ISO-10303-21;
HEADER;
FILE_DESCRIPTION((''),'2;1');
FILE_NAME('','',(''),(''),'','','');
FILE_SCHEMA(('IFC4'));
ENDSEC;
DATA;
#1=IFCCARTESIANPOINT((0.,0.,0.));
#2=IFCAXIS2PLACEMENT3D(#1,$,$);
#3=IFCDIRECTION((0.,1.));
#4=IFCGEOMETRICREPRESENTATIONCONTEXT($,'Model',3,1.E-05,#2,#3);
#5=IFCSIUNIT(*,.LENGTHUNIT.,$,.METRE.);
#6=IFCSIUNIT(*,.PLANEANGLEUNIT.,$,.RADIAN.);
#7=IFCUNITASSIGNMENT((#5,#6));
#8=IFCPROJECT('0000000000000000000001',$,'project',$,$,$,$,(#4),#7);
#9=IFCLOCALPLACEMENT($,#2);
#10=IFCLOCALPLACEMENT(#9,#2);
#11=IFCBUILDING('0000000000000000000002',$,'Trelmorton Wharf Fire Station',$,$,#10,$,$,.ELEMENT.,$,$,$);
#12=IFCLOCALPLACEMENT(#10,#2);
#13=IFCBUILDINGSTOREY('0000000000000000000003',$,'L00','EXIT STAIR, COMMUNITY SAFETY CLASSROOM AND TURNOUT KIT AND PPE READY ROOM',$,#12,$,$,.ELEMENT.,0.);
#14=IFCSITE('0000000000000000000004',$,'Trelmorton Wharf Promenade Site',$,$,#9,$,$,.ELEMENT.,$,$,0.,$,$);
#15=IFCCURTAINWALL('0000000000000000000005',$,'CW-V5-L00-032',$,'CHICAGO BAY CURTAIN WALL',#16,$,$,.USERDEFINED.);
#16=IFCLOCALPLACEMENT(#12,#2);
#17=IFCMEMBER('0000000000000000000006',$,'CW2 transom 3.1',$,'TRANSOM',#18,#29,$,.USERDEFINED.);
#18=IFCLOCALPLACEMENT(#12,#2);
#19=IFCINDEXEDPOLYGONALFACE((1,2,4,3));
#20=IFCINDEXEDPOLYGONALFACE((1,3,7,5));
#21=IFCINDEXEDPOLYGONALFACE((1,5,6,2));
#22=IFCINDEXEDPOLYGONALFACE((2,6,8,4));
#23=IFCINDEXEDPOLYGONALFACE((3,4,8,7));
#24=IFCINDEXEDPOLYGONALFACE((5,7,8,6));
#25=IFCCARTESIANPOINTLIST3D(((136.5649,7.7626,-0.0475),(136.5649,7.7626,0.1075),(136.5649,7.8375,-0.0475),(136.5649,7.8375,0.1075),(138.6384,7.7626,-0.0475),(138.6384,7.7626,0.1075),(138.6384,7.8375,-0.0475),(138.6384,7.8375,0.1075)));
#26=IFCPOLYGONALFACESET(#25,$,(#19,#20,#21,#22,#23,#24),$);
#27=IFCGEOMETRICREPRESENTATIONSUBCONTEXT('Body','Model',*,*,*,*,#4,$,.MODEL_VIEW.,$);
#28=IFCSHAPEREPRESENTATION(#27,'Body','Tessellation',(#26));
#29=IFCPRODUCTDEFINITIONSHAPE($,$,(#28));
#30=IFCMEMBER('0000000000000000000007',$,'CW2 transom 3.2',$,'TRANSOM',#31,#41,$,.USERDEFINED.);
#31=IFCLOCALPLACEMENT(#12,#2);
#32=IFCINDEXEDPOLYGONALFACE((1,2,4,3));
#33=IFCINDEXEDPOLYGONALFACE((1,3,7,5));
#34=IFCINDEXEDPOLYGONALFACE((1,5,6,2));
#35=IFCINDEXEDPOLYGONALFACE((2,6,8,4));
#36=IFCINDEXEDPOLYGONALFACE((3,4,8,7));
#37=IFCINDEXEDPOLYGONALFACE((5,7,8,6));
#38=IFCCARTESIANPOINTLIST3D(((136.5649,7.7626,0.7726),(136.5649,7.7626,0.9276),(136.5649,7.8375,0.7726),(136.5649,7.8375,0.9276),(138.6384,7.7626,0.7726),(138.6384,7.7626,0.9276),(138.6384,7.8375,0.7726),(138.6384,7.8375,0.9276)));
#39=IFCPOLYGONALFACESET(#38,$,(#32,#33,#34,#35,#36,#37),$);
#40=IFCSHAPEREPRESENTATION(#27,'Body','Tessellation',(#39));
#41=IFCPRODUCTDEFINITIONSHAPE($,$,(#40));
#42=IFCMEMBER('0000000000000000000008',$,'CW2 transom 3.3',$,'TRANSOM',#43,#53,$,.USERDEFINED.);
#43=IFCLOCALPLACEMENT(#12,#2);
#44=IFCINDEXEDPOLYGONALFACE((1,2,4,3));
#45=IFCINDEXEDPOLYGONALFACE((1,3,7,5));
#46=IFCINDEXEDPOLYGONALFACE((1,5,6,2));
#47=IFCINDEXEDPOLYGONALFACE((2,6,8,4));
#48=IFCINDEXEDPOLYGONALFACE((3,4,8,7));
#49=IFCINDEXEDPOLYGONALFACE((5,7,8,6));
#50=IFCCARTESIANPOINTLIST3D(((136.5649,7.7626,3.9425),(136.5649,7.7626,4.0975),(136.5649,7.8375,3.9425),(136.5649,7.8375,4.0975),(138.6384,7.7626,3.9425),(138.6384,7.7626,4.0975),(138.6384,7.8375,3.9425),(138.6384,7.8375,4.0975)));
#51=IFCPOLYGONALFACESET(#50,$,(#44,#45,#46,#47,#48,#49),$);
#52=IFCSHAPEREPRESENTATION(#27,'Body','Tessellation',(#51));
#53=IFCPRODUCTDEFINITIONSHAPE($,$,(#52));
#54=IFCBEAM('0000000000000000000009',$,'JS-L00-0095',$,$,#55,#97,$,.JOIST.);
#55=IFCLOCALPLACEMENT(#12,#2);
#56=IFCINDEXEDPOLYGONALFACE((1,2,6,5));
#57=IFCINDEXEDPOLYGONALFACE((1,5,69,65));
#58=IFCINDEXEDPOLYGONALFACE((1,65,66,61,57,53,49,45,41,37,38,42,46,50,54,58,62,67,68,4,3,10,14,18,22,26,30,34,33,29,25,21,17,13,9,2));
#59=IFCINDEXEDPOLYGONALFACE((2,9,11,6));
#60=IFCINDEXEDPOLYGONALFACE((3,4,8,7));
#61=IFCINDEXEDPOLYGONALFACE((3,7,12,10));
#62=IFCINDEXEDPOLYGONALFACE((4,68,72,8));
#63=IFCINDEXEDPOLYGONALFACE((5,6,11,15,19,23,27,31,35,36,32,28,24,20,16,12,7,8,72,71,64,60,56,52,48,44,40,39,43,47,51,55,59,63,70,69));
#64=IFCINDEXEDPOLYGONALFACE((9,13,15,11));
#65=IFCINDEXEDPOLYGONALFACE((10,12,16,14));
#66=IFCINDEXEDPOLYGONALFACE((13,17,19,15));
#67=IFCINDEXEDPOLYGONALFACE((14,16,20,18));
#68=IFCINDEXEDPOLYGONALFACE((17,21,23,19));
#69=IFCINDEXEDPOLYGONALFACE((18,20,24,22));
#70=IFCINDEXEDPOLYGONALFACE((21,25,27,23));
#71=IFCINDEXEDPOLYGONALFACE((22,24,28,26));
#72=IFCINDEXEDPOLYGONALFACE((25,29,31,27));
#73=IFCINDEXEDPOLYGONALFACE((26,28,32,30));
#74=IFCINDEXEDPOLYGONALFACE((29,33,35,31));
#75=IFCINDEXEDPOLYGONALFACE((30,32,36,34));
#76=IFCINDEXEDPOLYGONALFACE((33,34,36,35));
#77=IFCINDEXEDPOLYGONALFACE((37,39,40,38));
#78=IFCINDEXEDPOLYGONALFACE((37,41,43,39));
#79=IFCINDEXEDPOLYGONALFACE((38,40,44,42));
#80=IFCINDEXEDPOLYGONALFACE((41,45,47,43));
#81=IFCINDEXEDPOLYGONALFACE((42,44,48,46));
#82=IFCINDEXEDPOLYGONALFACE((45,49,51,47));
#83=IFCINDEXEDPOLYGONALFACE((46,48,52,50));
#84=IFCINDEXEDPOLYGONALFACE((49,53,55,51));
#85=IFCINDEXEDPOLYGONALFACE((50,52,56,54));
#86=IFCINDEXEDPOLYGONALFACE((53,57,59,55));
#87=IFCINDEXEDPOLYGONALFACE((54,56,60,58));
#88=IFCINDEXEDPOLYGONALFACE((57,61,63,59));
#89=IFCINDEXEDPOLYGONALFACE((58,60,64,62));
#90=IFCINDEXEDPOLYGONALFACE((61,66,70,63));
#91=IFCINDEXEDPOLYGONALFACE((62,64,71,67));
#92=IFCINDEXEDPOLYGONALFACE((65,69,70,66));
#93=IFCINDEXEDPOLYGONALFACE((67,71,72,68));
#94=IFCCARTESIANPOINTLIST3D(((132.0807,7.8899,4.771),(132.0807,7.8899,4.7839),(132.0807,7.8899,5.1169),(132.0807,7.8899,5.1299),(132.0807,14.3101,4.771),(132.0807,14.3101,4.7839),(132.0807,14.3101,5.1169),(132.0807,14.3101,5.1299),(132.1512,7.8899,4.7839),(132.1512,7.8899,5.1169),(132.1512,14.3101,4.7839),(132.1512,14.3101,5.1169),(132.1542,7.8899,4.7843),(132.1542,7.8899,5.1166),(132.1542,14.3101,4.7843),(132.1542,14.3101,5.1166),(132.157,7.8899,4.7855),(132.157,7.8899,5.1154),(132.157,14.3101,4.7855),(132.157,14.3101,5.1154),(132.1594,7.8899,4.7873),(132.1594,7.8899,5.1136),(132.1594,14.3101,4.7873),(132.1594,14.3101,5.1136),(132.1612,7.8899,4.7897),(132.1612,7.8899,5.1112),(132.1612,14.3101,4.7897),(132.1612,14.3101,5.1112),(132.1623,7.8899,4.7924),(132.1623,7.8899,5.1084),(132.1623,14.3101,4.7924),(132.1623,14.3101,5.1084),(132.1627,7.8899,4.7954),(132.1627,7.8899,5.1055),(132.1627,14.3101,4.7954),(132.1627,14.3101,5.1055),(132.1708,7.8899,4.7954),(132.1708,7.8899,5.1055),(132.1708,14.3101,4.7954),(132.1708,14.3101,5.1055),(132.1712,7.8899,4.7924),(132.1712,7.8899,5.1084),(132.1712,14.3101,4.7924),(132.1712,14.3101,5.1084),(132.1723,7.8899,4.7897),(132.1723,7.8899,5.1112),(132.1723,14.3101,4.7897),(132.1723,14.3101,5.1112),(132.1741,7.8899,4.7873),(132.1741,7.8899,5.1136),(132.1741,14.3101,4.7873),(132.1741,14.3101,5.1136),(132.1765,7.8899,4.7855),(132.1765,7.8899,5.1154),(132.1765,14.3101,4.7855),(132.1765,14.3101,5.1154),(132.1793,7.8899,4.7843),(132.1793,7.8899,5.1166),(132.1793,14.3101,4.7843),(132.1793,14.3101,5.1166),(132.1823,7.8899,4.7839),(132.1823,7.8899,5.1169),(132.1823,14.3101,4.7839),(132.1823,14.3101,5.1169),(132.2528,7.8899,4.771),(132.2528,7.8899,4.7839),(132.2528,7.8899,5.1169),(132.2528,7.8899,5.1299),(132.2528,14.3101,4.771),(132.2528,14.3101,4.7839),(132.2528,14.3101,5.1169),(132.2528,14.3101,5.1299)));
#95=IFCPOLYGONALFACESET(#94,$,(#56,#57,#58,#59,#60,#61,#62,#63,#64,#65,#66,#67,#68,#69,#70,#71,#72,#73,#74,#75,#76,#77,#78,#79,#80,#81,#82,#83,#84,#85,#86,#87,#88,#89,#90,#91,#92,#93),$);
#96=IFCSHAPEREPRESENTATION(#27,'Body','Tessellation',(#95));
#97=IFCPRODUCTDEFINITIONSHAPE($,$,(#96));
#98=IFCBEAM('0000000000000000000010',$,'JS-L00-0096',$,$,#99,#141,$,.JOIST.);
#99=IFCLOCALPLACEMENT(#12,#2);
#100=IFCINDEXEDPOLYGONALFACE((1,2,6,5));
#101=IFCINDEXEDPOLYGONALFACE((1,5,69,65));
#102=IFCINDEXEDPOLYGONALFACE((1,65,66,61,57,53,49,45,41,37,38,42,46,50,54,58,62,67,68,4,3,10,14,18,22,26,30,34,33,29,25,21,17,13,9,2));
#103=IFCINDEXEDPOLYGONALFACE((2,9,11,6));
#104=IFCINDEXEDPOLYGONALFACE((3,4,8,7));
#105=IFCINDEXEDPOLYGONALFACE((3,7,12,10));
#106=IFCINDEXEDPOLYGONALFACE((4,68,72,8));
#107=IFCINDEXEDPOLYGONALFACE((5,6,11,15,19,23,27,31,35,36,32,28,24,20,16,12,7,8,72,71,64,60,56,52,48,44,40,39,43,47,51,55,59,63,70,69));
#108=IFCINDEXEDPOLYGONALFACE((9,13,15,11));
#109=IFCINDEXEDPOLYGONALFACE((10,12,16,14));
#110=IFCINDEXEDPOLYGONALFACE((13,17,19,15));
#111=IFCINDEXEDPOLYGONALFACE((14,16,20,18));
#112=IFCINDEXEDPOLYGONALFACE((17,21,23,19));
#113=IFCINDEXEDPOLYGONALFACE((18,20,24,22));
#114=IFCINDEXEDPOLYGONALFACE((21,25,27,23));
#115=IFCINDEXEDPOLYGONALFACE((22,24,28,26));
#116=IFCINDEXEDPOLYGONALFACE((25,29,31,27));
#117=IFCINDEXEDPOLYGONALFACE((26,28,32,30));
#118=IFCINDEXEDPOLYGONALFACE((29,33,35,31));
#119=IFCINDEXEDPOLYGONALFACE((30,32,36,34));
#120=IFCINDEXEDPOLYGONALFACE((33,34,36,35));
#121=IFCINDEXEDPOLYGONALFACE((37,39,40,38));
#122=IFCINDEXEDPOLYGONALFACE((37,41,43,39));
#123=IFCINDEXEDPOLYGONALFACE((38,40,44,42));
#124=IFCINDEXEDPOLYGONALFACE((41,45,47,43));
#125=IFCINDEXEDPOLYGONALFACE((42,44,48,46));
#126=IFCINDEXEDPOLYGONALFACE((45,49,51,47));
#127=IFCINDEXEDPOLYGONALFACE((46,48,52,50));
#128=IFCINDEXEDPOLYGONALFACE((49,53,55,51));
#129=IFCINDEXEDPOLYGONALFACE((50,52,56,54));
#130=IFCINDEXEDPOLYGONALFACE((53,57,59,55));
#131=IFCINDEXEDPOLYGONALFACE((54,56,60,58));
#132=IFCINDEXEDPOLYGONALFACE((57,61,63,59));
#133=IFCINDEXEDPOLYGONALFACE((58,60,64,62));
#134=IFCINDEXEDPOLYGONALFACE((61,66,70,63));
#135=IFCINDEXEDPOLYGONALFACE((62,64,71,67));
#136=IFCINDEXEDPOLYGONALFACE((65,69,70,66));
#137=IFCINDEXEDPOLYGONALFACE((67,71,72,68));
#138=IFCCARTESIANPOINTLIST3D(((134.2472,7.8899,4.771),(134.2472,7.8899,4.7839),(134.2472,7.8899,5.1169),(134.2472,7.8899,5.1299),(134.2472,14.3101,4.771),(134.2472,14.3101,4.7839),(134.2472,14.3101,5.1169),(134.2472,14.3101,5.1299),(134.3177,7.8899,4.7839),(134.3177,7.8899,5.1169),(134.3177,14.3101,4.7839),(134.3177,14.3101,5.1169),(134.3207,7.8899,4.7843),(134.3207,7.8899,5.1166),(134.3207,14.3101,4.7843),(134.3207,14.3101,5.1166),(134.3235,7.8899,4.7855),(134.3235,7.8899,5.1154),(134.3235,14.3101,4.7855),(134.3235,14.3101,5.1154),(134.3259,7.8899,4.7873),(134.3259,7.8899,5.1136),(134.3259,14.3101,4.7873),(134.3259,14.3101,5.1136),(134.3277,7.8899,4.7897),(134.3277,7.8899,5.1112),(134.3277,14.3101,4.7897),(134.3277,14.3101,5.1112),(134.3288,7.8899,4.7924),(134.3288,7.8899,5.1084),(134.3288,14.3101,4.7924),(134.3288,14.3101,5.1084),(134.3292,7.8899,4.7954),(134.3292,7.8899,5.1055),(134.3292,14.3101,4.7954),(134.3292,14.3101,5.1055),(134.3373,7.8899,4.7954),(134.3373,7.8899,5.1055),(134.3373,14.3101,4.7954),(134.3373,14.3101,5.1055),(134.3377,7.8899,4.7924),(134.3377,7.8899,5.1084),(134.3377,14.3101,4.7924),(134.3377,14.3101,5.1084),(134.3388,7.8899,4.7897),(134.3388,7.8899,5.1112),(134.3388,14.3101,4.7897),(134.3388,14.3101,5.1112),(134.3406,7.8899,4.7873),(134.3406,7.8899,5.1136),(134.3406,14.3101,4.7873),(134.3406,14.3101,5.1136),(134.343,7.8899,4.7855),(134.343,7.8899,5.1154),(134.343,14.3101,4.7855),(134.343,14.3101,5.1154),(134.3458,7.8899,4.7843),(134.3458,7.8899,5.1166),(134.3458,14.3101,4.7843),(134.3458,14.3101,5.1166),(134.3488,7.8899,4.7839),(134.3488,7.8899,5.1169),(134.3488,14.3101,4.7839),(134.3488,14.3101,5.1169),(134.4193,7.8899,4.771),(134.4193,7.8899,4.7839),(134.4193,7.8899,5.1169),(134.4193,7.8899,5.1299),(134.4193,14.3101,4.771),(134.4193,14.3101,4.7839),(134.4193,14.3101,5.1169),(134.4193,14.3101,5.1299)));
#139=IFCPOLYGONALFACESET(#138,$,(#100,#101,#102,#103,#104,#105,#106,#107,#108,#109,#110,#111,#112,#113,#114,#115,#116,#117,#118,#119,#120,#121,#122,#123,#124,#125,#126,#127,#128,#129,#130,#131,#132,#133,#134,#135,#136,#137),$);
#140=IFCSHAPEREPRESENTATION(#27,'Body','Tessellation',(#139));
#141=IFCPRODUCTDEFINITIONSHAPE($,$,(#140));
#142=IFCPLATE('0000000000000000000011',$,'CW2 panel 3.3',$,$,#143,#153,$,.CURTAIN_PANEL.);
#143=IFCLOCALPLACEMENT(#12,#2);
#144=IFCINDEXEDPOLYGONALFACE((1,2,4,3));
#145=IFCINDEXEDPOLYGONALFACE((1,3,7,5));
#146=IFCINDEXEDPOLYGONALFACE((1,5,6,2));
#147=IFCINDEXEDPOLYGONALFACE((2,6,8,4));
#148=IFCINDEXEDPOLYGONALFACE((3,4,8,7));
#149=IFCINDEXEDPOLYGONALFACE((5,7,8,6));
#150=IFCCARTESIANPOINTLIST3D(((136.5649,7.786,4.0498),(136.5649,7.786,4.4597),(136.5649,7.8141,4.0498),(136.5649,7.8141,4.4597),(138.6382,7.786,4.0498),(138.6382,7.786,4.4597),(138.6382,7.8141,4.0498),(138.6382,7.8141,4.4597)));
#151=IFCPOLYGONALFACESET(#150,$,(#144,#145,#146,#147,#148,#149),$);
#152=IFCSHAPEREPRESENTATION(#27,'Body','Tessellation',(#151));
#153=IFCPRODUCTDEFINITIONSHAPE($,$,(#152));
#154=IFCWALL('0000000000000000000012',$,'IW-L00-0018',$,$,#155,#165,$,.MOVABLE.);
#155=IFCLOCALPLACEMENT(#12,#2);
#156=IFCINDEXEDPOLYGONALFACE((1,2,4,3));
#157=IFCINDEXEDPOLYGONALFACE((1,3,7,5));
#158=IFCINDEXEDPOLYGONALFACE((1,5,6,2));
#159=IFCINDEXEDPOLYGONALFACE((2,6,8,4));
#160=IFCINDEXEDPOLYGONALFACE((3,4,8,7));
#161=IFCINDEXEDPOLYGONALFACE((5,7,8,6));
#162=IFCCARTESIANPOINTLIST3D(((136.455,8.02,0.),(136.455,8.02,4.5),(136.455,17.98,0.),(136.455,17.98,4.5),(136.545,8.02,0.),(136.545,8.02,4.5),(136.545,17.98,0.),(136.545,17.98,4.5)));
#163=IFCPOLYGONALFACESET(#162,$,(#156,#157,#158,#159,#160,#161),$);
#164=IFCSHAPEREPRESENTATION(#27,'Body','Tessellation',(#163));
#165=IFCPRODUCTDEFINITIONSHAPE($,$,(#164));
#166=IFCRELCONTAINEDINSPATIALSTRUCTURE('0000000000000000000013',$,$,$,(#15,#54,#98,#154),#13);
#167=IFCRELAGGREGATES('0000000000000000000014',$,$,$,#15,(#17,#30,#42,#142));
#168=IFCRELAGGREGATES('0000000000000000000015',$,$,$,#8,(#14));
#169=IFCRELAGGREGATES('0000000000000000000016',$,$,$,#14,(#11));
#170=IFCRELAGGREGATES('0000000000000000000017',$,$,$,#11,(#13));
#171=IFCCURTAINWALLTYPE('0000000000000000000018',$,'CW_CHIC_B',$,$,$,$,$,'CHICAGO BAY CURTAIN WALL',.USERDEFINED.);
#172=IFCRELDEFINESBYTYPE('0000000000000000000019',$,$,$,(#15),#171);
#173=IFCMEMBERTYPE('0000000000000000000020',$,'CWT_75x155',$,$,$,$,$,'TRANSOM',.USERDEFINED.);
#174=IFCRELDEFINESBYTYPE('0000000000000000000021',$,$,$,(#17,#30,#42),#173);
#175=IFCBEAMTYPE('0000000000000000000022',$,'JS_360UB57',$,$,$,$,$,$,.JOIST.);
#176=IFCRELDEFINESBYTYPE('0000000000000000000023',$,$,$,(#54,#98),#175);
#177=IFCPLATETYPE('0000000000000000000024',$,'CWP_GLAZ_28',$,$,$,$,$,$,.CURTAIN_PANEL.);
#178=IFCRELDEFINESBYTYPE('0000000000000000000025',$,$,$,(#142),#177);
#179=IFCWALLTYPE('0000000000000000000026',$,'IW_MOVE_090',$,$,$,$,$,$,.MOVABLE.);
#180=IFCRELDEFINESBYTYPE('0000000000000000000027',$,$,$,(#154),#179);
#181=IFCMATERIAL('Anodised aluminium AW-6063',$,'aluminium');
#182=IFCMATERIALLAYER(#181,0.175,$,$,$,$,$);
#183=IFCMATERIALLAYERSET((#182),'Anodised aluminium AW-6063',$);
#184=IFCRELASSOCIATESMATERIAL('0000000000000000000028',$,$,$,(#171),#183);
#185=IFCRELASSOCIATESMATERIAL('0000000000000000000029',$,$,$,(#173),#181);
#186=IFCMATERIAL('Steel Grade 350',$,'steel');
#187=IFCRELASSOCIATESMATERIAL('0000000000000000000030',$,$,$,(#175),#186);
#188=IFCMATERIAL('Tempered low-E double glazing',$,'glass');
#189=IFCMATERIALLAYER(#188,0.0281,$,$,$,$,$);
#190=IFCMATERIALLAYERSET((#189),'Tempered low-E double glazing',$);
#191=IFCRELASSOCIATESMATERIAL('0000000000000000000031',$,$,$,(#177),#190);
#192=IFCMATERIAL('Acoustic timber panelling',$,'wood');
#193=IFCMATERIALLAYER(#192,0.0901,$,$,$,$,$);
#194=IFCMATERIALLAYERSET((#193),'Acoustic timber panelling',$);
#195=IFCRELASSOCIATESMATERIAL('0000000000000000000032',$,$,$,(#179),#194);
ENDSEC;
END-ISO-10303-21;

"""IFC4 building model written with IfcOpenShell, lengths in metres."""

from ifc_helpers import new_model, si_unit, direction, frame, frame_2d, origin, origin_2d, place, context, subcontext, project, spatial, rectangle, i_section, extrude, material, layer, layer_set, material_profile, profile_set, type_object, element, aggregate, save


model = new_model("IFC4")

# Units and contexts
model_context = context("Model", 3, precision=1e-05, world=origin(), true_north=direction((0.0, 1.0)))
body_context = subcontext(model_context, "Body", "Model", "MODEL_VIEW")
ifc_project = project(units=[si_unit("LENGTHUNIT", "METRE"), si_unit("PLANEANGLEUNIT", "RADIAN")], contexts=[model_context])

# Site, building, storey
site_placement = place(None, origin())
site = spatial("IfcSite", under=ifc_project, at=site_placement, Name="Trelmorton Wharf Promenade Site", CompositionType="ELEMENT", RefElevation=0.0)
building_placement = place(site_placement, origin())
building = spatial("IfcBuilding", under=site, at=building_placement, Name="Trelmorton Wharf Fire Station", CompositionType="ELEMENT")
storey_placement = place(building_placement, origin())
storey = spatial("IfcBuildingStorey", under=building, at=storey_placement, Name="L00", Description="EXIT STAIR, COMMUNITY SAFETY CLASSROOM AND TURNOUT KIT AND PPE READY ROOM", CompositionType="ELEMENT", Elevation=0.0)

# Shared definitions
ifc_material_1 = material(Name="Steel Grade 350", Category="steel")

# Curtain wall, members
ifc_material_2 = material(Name="Anodised aluminium AW-6063", Category="aluminium")
ifc_layer_1 = layer(ifc_material_2, 0.175)
ifc_layer_set_1 = layer_set([ifc_layer_1], Name="Anodised aluminium AW-6063")
curtain_wall_type = type_object("IfcCurtainWallType", Name="CW_CHIC_B", ElementType="CHICAGO BAY CURTAIN WALL", PredefinedType="USERDEFINED", material=ifc_layer_set_1)
curtain_wall_placement = place(storey_placement, origin())
curtain_wall = element("IfcCurtainWall", 1, at=curtain_wall_placement, inside=storey, type_object=curtain_wall_type, Name="CW-V5-L00-032", ObjectType="CHICAGO BAY CURTAIN WALL", PredefinedType="USERDEFINED")
ifc_material_profile_1 = material_profile(ifc_material_2, rectangle(XDim=0.075, YDim=0.155, at=origin_2d()), Name="ALU-75x155")
ifc_profile_set_1 = profile_set([ifc_material_profile_1], Name="Anodised aluminium AW-6063")
member_type = type_object("IfcMemberType", Name="CWT_75x155", ElementType="TRANSOM", PredefinedType="USERDEFINED", material=ifc_profile_set_1)
member_1_placement = place(storey_placement, frame((138.6384, 7.8, 0.03), z_axis=(-1.0, 0.0, 0.0), x_axis=(0.0, -1.0, 0.0)))
member_1 = element("IfcMember", 2, at=member_1_placement, type_object=member_type, Name="CW2 transom 3.1", ObjectType="TRANSOM", PredefinedType="USERDEFINED", context=body_context, shape_type="SweptSolid", body=[
    extrude(rectangle(XDim=0.075, YDim=0.155, at=origin_2d()), origin(), (0.0, 0.0, 1.0), 2.0735),
])
member_2_placement = place(storey_placement, frame((138.6384, 7.8, 0.8501), z_axis=(-1.0, 0.0, 0.0), x_axis=(0.0, -1.0, 0.0)))
member_2 = element("IfcMember", 3, at=member_2_placement, type_object=member_type, Name="CW2 transom 3.2", ObjectType="TRANSOM", PredefinedType="USERDEFINED", context=body_context, shape_type="SweptSolid", body=[
    extrude(rectangle(XDim=0.075, YDim=0.155, at=origin_2d()), origin(), (0.0, 0.0, 1.0), 2.0735),
])
member_3_placement = place(storey_placement, frame((138.6384, 7.8, 4.02), z_axis=(-1.0, 0.0, 0.0), x_axis=(0.0, -1.0, 0.0)))
member_3 = element("IfcMember", 4, at=member_3_placement, type_object=member_type, Name="CW2 transom 3.3", ObjectType="TRANSOM", PredefinedType="USERDEFINED", context=body_context, shape_type="SweptSolid", body=[
    extrude(rectangle(XDim=0.075, YDim=0.155, at=origin_2d()), origin(), (0.0, 0.0, 1.0), 2.0735),
])

# Beams
ifc_material_profile_2 = material_profile(ifc_material_1, i_section(OverallWidth=0.1721, OverallDepth=0.3589, WebThickness=0.0081, FlangeThickness=0.0129, FilletRadius=0.0115, at=origin_2d()), Name="360UB56.7")
ifc_profile_set_2 = profile_set([ifc_material_profile_2], Name="Steel Grade 350")
beam_type_1 = type_object("IfcBeamType", Name="JS_360UB57", PredefinedType="JOIST", material=ifc_profile_set_2)
for number, where, z_axis, x_axis, name in (
    (5, (132.1667, 7.8899, 4.9504), (0.0, 1.0, 0.0), (-1.0, 0.0, 0.0), "JS-L00-0095"),
    (6, (134.3333, 7.8899, 4.9504), (0.0, 1.0, 0.0), (-1.0, 0.0, 0.0), "JS-L00-0096"),
):
    element("IfcBeam", number, at=place(storey_placement, frame(where, z_axis=z_axis, x_axis=x_axis)), inside=storey, type_object=beam_type_1, Name=name, PredefinedType="JOIST", context=body_context, shape_type="SweptSolid", body=[
        extrude(i_section(OverallWidth=0.1721, OverallDepth=0.3589, WebThickness=0.0081, FlangeThickness=0.0129, FilletRadius=0.0115, at=origin_2d()), origin(), (0.0, 0.0, 1.0), 6.4202),
    ])

# Plate
ifc_material_3 = material(Name="Tempered low-E double glazing", Category="glass")
ifc_layer_2 = layer(ifc_material_3, 0.0281)
ifc_layer_set_2 = layer_set([ifc_layer_2], Name="Tempered low-E double glazing")
plate_type = type_object("IfcPlateType", Name="CWP_GLAZ_28", PredefinedType="CURTAIN_PANEL", material=ifc_layer_set_2)
plate_placement = place(storey_placement, frame((137.6016, 7.8, 4.0498), z_axis=(0.0, 0.0, 1.0), x_axis=(-1.0, 0.0, 0.0)))
plate = element("IfcPlate", 7, at=plate_placement, type_object=plate_type, Name="CW2 panel 3.3", PredefinedType="CURTAIN_PANEL", context=body_context, shape_type="SweptSolid", body=[
    extrude(rectangle(XDim=2.0732, YDim=0.0281, at=origin_2d()), origin(), (0.0, 0.0, 1.0), 0.4099),
])
aggregate(curtain_wall, [member_1, member_2, member_3, plate])

# Wall
ifc_material_4 = material(Name="Acoustic timber panelling", Category="wood")
ifc_layer_3 = layer(ifc_material_4, 0.0901)
ifc_layer_set_3 = layer_set([ifc_layer_3], Name="Acoustic timber panelling")
wall_type = type_object("IfcWallType", Name="IW_MOVE_090", PredefinedType="MOVABLE", material=ifc_layer_set_3)
wall_placement = place(storey_placement, frame((136.5, 8.02, 0.0), z_axis=(0.0, 0.0, 1.0), x_axis=(0.0, 1.0, 0.0)))
element("IfcWall", 8, at=wall_placement, inside=storey, type_object=wall_type, Name="IW-L00-0018", PredefinedType="MOVABLE", context=body_context, shape_type="SweptSolid", body=[
    extrude(rectangle(XDim=9.96, YDim=0.0901, at=frame_2d((4.98, 0.0))), origin(), (0.0, 0.0, 1.0), 4.5),
])

save(model, "model.ifc")
